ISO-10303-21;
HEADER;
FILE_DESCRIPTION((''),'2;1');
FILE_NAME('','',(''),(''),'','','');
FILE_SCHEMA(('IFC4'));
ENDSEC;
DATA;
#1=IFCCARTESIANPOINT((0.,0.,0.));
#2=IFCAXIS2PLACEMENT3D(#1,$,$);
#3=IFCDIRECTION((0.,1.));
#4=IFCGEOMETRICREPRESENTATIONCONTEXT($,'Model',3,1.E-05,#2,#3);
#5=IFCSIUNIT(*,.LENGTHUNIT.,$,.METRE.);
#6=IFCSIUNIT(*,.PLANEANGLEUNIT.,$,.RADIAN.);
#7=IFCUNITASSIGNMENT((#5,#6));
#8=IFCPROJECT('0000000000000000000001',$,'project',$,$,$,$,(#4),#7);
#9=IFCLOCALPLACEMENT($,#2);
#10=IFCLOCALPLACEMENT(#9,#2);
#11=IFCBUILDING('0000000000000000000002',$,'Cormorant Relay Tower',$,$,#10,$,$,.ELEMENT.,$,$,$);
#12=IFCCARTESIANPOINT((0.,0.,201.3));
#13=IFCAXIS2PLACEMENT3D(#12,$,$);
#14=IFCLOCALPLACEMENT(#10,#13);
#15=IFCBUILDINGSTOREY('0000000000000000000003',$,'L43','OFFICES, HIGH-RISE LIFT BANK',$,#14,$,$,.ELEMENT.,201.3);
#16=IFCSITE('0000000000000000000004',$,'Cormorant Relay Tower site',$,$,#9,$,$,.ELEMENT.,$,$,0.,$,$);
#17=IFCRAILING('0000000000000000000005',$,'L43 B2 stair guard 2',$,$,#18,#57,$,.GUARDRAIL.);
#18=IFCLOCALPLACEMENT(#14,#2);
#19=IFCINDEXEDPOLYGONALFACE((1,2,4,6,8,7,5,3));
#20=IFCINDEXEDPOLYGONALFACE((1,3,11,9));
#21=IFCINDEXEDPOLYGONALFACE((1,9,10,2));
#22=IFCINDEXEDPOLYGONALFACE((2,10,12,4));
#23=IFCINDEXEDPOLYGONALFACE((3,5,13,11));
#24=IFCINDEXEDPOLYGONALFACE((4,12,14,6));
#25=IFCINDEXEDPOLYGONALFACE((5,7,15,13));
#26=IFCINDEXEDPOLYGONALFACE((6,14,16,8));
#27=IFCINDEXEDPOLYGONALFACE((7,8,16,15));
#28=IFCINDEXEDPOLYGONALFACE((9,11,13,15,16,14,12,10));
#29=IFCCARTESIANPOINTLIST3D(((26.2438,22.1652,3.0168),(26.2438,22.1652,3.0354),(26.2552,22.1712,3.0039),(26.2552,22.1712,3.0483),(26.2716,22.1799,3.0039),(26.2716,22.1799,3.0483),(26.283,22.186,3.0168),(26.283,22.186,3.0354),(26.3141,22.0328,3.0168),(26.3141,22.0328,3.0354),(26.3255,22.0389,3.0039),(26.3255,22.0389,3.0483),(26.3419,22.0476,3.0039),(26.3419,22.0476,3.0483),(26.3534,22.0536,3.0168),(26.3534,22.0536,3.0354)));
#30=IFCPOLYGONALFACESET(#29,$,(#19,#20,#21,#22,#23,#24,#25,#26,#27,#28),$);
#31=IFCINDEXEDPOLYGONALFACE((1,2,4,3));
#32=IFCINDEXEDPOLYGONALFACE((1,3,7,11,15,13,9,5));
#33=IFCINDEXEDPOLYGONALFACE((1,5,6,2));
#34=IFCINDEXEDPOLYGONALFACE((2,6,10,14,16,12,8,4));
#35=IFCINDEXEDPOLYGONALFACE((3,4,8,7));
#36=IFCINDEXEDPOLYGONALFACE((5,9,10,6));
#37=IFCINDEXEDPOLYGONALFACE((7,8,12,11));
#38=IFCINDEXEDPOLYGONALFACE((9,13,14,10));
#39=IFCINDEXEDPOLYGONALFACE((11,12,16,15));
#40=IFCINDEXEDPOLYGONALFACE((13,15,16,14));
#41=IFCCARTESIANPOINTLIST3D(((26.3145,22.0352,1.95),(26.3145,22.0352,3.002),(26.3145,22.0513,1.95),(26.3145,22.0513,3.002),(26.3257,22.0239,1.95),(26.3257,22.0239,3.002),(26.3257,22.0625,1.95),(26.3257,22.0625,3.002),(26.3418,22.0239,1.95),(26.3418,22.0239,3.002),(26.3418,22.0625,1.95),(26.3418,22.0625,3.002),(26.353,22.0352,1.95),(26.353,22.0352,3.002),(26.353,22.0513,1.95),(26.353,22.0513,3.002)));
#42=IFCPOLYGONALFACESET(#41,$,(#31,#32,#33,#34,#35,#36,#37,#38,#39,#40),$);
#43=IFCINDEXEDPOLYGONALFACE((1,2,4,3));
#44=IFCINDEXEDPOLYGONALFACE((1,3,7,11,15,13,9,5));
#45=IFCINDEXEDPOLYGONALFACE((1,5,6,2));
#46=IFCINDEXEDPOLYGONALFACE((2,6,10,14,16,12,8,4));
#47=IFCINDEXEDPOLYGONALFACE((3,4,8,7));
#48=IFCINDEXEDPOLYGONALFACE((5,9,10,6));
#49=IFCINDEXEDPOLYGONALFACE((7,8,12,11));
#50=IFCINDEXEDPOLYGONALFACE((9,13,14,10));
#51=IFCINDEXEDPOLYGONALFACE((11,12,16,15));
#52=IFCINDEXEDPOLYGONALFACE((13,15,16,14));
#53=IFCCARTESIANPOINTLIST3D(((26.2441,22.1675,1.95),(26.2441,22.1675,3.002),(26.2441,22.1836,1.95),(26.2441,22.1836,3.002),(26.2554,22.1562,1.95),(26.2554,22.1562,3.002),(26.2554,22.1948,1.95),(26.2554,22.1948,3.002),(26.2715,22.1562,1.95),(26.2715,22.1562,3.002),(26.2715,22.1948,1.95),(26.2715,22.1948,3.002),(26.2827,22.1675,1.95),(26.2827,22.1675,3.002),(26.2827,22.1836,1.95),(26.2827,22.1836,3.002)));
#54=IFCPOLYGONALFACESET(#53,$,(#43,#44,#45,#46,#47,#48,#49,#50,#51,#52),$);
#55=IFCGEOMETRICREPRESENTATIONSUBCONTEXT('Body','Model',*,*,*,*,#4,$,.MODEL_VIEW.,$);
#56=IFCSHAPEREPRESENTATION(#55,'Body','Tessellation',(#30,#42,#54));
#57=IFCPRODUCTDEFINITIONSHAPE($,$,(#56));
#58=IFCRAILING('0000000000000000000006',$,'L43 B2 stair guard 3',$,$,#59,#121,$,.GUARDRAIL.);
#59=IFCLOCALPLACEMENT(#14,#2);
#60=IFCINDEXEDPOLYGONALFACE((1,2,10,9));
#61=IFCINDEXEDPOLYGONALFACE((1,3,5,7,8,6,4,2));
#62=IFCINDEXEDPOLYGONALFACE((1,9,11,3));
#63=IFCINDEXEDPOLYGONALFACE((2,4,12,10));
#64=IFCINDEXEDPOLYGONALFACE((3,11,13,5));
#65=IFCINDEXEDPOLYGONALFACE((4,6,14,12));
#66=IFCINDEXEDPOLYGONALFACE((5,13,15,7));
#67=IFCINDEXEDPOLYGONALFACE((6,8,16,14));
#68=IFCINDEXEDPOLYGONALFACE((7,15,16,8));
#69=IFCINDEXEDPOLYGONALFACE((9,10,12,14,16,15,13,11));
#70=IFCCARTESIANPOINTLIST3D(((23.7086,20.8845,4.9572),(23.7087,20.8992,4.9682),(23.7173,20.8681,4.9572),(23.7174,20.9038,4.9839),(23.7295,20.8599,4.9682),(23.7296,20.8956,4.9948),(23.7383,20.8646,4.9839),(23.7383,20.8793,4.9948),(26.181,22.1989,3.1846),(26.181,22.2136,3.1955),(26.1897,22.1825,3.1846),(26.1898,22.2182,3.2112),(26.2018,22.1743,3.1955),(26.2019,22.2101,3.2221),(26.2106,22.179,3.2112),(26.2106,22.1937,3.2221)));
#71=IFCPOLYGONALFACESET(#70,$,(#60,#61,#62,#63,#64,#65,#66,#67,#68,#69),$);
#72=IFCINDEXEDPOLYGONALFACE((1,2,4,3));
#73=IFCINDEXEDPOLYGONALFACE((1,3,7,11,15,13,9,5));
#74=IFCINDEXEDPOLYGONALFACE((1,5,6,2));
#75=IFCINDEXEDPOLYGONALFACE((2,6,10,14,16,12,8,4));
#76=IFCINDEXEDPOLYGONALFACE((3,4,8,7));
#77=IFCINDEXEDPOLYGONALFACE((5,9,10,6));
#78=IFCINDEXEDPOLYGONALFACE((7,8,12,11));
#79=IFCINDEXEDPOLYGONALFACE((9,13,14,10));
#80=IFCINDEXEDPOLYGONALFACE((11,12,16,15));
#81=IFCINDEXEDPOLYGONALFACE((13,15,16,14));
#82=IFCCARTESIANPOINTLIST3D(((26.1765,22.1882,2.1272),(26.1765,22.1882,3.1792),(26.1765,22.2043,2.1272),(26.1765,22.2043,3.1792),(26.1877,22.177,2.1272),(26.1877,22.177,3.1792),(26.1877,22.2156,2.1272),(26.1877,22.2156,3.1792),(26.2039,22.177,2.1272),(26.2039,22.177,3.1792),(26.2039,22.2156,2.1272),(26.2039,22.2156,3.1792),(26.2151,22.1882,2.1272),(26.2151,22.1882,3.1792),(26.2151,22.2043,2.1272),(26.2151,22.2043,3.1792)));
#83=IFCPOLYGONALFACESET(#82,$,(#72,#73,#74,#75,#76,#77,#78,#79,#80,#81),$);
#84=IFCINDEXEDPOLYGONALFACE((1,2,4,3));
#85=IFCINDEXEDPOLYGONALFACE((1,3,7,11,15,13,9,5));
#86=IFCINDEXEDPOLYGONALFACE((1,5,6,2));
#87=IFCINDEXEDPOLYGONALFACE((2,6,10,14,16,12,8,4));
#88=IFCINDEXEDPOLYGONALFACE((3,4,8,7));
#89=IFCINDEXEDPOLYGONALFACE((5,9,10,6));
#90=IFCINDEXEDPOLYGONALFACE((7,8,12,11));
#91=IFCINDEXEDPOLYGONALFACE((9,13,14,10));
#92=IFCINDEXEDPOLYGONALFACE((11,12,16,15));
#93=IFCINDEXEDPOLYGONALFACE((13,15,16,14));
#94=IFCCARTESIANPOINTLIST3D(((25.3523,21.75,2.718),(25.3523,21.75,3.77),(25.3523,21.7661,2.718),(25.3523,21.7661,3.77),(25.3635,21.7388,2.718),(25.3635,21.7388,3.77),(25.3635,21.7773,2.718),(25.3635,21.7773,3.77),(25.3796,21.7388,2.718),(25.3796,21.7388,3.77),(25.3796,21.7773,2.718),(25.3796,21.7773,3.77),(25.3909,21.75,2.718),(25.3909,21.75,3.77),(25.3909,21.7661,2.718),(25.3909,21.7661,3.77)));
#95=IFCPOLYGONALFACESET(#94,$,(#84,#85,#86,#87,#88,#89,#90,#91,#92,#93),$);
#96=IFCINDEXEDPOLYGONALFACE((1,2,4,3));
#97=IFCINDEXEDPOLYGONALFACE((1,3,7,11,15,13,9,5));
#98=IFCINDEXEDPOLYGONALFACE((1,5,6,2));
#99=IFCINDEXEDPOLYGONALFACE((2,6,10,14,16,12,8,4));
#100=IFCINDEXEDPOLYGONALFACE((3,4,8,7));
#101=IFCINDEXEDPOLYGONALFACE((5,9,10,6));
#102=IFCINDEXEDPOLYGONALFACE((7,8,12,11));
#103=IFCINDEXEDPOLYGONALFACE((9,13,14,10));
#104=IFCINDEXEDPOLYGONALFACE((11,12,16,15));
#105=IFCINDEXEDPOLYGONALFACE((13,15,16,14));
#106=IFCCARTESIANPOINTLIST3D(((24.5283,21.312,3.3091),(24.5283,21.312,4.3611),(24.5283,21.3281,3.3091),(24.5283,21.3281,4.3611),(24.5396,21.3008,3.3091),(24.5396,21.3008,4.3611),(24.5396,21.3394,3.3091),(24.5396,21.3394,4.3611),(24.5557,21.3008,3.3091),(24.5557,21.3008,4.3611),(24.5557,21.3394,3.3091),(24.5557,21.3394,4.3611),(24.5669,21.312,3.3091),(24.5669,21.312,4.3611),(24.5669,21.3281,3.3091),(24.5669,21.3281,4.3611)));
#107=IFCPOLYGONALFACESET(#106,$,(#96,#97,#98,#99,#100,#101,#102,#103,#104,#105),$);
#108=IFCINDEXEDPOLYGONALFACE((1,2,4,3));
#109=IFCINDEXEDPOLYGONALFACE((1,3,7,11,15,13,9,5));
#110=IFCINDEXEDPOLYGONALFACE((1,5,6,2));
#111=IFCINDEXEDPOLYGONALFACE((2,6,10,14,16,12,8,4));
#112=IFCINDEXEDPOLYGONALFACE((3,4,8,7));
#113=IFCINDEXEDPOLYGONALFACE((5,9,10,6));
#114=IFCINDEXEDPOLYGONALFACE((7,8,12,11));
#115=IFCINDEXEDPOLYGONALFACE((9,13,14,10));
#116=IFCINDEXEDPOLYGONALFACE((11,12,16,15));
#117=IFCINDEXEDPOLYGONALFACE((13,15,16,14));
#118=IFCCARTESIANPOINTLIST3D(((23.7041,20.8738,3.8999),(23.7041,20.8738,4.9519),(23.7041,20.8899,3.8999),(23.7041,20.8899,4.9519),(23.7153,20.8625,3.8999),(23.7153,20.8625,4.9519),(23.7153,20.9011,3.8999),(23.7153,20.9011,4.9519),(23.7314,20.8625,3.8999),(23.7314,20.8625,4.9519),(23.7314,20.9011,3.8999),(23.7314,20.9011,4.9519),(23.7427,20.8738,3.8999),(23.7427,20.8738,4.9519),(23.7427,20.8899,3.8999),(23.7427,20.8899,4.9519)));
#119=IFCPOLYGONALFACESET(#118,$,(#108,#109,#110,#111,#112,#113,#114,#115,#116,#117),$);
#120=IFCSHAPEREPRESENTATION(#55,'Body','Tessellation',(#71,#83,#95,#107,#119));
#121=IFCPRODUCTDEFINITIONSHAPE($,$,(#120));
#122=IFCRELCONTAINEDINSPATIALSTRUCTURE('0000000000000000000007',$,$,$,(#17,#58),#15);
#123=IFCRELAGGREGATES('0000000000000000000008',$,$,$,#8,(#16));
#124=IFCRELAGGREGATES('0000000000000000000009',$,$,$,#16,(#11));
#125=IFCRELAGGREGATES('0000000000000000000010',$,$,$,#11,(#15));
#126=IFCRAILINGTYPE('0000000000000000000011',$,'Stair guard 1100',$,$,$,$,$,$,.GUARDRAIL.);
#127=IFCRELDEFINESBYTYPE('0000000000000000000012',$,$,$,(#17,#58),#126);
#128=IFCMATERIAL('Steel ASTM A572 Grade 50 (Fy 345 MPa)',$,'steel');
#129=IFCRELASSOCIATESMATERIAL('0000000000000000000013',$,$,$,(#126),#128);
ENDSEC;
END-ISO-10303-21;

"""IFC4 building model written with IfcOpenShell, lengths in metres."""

from ifc_helpers import new_model, si_unit, direction, frame, origin, place, context, subcontext, project, spatial, polyline, outline, extrude, material, type_object, element, save


model = new_model("IFC4")

# Units and contexts
model_context = context("Model", 3, precision=1e-05, world=origin(), true_north=direction((0.0, 1.0)))
body_context = subcontext(model_context, "Body", "Model", "MODEL_VIEW")
ifc_project = project(units=[si_unit("LENGTHUNIT", "METRE"), si_unit("PLANEANGLEUNIT", "RADIAN")], contexts=[model_context])

# Site, building, storey
site_placement = place(None, origin())
site = spatial("IfcSite", under=ifc_project, at=site_placement, Name="Cormorant Relay Tower site", CompositionType="ELEMENT", RefElevation=0.0)
building_placement = place(site_placement, origin())
building = spatial("IfcBuilding", under=site, at=building_placement, Name="Cormorant Relay Tower", CompositionType="ELEMENT")
storey_placement = place(building_placement, frame((0.0, 0.0, 201.3)))
storey = spatial("IfcBuildingStorey", under=building, at=storey_placement, Name="L43", Description="OFFICES, HIGH-RISE LIFT BANK", CompositionType="ELEMENT", Elevation=201.3)

# Railings
ifc_material_1 = material(Name="Steel ASTM A572 Grade 50 (Fy 345 MPa)", Category="steel")
railing_type = type_object("IfcRailingType", Name="Stair guard 1100", PredefinedType="GUARDRAIL", material=ifc_material_1)
railing_1_placement = place(storey_placement, frame((26.3337, 22.0432, 1.95)))
element("IfcRailing", 1, at=railing_1_placement, inside=storey, type_object=railing_type, Name="L43 B2 stair guard 2", PredefinedType="GUARDRAIL", context=body_context, shape_type="SweptSolid", body=[
    extrude(outline(polyline([(0.0222, 0.0093), (0.0093, 0.0222), (-0.0093, 0.0222), (-0.0222, 0.0093), (-0.0222, -0.0093), (-0.0093, -0.0222), (0.0093, -0.0222), (0.0222, -0.0093), (0.0222, 0.0093)])), frame((0.0, 0.0, 1.0762), z_axis=(-0.469235, 0.883074, 0.0), x_axis=(-0.883074, -0.469235, 0.0)), (0.0, 0.0, 1.0), 0.1499),
    extrude(outline(polyline([(0.0193, 0.0081), (0.0081, 0.0193), (-0.0081, 0.0193), (-0.0193, 0.0081), (-0.0193, -0.0081), (-0.0081, -0.0193), (0.0081, -0.0193), (0.0193, -0.0081), (0.0193, 0.0081)])), origin(), (0.0, 0.0, 1.0), 1.052),
    extrude(outline(polyline([(0.0193, 0.0081), (0.0081, 0.0193), (-0.0081, 0.0193), (-0.0193, 0.0081), (-0.0193, -0.0081), (-0.0081, -0.0193), (0.0081, -0.0193), (0.0193, -0.0081), (0.0193, 0.0081)])), frame((-0.0703, 0.1323, 0.0)), (0.0, 0.0, 1.0), 1.052),
])
railing_2_placement = place(storey_placement, frame((26.1958, 22.1963, 2.1272)))
element("IfcRailing", 2, at=railing_2_placement, inside=storey, type_object=railing_type, Name="L43 B2 stair guard 3", PredefinedType="GUARDRAIL", context=body_context, shape_type="SweptSolid", body=[
    extrude(outline(polyline([(0.0222, 0.0093), (0.0093, 0.0222), (-0.0093, 0.0222), (-0.0222, 0.0093), (-0.0222, -0.0093), (-0.0093, -0.0222), (0.0093, -0.0222), (0.0222, -0.0093), (0.0222, 0.0093)])), frame((0.0, 0.0, 1.0762), z_axis=(-0.746034, -0.396627, 0.534902), x_axis=(0.469429, -0.88297, 0.0)), (0.0, 0.0, 1.0), 3.314),
    extrude(outline(polyline([(0.0193, 0.0081), (0.0081, 0.0193), (-0.0081, 0.0193), (-0.0193, 0.0081), (-0.0193, -0.0081), (-0.0081, -0.0193), (0.0081, -0.0193), (0.0193, -0.0081), (0.0193, 0.0081)])), origin(), (0.0, 0.0, 1.0), 1.052),
    extrude(outline(polyline([(0.0193, 0.0081), (0.0081, 0.0193), (-0.0081, 0.0193), (-0.0193, 0.0081), (-0.0193, -0.0081), (-0.0081, -0.0193), (0.0081, -0.0193), (0.0193, -0.0081), (0.0193, 0.0081)])), frame((-0.8242, -0.4382, 0.5908)), (0.0, 0.0, 1.0), 1.052),
    extrude(outline(polyline([(0.0193, 0.0081), (0.0081, 0.0193), (-0.0081, 0.0193), (-0.0193, 0.0081), (-0.0193, -0.0081), (-0.0081, -0.0193), (0.0081, -0.0193), (0.0193, -0.0081), (0.0193, 0.0081)])), frame((-1.6482, -0.8762, 1.1819)), (0.0, 0.0, 1.0), 1.052),
    extrude(outline(polyline([(0.0193, 0.0081), (0.0081, 0.0193), (-0.0081, 0.0193), (-0.0193, 0.0081), (-0.0193, -0.0081), (-0.0081, -0.0193), (0.0081, -0.0193), (0.0193, -0.0081), (0.0193, 0.0081)])), frame((-2.4724, -1.3145, 1.7727)), (0.0, 0.0, 1.0), 1.052),
])

save(model, "model.ifc")
